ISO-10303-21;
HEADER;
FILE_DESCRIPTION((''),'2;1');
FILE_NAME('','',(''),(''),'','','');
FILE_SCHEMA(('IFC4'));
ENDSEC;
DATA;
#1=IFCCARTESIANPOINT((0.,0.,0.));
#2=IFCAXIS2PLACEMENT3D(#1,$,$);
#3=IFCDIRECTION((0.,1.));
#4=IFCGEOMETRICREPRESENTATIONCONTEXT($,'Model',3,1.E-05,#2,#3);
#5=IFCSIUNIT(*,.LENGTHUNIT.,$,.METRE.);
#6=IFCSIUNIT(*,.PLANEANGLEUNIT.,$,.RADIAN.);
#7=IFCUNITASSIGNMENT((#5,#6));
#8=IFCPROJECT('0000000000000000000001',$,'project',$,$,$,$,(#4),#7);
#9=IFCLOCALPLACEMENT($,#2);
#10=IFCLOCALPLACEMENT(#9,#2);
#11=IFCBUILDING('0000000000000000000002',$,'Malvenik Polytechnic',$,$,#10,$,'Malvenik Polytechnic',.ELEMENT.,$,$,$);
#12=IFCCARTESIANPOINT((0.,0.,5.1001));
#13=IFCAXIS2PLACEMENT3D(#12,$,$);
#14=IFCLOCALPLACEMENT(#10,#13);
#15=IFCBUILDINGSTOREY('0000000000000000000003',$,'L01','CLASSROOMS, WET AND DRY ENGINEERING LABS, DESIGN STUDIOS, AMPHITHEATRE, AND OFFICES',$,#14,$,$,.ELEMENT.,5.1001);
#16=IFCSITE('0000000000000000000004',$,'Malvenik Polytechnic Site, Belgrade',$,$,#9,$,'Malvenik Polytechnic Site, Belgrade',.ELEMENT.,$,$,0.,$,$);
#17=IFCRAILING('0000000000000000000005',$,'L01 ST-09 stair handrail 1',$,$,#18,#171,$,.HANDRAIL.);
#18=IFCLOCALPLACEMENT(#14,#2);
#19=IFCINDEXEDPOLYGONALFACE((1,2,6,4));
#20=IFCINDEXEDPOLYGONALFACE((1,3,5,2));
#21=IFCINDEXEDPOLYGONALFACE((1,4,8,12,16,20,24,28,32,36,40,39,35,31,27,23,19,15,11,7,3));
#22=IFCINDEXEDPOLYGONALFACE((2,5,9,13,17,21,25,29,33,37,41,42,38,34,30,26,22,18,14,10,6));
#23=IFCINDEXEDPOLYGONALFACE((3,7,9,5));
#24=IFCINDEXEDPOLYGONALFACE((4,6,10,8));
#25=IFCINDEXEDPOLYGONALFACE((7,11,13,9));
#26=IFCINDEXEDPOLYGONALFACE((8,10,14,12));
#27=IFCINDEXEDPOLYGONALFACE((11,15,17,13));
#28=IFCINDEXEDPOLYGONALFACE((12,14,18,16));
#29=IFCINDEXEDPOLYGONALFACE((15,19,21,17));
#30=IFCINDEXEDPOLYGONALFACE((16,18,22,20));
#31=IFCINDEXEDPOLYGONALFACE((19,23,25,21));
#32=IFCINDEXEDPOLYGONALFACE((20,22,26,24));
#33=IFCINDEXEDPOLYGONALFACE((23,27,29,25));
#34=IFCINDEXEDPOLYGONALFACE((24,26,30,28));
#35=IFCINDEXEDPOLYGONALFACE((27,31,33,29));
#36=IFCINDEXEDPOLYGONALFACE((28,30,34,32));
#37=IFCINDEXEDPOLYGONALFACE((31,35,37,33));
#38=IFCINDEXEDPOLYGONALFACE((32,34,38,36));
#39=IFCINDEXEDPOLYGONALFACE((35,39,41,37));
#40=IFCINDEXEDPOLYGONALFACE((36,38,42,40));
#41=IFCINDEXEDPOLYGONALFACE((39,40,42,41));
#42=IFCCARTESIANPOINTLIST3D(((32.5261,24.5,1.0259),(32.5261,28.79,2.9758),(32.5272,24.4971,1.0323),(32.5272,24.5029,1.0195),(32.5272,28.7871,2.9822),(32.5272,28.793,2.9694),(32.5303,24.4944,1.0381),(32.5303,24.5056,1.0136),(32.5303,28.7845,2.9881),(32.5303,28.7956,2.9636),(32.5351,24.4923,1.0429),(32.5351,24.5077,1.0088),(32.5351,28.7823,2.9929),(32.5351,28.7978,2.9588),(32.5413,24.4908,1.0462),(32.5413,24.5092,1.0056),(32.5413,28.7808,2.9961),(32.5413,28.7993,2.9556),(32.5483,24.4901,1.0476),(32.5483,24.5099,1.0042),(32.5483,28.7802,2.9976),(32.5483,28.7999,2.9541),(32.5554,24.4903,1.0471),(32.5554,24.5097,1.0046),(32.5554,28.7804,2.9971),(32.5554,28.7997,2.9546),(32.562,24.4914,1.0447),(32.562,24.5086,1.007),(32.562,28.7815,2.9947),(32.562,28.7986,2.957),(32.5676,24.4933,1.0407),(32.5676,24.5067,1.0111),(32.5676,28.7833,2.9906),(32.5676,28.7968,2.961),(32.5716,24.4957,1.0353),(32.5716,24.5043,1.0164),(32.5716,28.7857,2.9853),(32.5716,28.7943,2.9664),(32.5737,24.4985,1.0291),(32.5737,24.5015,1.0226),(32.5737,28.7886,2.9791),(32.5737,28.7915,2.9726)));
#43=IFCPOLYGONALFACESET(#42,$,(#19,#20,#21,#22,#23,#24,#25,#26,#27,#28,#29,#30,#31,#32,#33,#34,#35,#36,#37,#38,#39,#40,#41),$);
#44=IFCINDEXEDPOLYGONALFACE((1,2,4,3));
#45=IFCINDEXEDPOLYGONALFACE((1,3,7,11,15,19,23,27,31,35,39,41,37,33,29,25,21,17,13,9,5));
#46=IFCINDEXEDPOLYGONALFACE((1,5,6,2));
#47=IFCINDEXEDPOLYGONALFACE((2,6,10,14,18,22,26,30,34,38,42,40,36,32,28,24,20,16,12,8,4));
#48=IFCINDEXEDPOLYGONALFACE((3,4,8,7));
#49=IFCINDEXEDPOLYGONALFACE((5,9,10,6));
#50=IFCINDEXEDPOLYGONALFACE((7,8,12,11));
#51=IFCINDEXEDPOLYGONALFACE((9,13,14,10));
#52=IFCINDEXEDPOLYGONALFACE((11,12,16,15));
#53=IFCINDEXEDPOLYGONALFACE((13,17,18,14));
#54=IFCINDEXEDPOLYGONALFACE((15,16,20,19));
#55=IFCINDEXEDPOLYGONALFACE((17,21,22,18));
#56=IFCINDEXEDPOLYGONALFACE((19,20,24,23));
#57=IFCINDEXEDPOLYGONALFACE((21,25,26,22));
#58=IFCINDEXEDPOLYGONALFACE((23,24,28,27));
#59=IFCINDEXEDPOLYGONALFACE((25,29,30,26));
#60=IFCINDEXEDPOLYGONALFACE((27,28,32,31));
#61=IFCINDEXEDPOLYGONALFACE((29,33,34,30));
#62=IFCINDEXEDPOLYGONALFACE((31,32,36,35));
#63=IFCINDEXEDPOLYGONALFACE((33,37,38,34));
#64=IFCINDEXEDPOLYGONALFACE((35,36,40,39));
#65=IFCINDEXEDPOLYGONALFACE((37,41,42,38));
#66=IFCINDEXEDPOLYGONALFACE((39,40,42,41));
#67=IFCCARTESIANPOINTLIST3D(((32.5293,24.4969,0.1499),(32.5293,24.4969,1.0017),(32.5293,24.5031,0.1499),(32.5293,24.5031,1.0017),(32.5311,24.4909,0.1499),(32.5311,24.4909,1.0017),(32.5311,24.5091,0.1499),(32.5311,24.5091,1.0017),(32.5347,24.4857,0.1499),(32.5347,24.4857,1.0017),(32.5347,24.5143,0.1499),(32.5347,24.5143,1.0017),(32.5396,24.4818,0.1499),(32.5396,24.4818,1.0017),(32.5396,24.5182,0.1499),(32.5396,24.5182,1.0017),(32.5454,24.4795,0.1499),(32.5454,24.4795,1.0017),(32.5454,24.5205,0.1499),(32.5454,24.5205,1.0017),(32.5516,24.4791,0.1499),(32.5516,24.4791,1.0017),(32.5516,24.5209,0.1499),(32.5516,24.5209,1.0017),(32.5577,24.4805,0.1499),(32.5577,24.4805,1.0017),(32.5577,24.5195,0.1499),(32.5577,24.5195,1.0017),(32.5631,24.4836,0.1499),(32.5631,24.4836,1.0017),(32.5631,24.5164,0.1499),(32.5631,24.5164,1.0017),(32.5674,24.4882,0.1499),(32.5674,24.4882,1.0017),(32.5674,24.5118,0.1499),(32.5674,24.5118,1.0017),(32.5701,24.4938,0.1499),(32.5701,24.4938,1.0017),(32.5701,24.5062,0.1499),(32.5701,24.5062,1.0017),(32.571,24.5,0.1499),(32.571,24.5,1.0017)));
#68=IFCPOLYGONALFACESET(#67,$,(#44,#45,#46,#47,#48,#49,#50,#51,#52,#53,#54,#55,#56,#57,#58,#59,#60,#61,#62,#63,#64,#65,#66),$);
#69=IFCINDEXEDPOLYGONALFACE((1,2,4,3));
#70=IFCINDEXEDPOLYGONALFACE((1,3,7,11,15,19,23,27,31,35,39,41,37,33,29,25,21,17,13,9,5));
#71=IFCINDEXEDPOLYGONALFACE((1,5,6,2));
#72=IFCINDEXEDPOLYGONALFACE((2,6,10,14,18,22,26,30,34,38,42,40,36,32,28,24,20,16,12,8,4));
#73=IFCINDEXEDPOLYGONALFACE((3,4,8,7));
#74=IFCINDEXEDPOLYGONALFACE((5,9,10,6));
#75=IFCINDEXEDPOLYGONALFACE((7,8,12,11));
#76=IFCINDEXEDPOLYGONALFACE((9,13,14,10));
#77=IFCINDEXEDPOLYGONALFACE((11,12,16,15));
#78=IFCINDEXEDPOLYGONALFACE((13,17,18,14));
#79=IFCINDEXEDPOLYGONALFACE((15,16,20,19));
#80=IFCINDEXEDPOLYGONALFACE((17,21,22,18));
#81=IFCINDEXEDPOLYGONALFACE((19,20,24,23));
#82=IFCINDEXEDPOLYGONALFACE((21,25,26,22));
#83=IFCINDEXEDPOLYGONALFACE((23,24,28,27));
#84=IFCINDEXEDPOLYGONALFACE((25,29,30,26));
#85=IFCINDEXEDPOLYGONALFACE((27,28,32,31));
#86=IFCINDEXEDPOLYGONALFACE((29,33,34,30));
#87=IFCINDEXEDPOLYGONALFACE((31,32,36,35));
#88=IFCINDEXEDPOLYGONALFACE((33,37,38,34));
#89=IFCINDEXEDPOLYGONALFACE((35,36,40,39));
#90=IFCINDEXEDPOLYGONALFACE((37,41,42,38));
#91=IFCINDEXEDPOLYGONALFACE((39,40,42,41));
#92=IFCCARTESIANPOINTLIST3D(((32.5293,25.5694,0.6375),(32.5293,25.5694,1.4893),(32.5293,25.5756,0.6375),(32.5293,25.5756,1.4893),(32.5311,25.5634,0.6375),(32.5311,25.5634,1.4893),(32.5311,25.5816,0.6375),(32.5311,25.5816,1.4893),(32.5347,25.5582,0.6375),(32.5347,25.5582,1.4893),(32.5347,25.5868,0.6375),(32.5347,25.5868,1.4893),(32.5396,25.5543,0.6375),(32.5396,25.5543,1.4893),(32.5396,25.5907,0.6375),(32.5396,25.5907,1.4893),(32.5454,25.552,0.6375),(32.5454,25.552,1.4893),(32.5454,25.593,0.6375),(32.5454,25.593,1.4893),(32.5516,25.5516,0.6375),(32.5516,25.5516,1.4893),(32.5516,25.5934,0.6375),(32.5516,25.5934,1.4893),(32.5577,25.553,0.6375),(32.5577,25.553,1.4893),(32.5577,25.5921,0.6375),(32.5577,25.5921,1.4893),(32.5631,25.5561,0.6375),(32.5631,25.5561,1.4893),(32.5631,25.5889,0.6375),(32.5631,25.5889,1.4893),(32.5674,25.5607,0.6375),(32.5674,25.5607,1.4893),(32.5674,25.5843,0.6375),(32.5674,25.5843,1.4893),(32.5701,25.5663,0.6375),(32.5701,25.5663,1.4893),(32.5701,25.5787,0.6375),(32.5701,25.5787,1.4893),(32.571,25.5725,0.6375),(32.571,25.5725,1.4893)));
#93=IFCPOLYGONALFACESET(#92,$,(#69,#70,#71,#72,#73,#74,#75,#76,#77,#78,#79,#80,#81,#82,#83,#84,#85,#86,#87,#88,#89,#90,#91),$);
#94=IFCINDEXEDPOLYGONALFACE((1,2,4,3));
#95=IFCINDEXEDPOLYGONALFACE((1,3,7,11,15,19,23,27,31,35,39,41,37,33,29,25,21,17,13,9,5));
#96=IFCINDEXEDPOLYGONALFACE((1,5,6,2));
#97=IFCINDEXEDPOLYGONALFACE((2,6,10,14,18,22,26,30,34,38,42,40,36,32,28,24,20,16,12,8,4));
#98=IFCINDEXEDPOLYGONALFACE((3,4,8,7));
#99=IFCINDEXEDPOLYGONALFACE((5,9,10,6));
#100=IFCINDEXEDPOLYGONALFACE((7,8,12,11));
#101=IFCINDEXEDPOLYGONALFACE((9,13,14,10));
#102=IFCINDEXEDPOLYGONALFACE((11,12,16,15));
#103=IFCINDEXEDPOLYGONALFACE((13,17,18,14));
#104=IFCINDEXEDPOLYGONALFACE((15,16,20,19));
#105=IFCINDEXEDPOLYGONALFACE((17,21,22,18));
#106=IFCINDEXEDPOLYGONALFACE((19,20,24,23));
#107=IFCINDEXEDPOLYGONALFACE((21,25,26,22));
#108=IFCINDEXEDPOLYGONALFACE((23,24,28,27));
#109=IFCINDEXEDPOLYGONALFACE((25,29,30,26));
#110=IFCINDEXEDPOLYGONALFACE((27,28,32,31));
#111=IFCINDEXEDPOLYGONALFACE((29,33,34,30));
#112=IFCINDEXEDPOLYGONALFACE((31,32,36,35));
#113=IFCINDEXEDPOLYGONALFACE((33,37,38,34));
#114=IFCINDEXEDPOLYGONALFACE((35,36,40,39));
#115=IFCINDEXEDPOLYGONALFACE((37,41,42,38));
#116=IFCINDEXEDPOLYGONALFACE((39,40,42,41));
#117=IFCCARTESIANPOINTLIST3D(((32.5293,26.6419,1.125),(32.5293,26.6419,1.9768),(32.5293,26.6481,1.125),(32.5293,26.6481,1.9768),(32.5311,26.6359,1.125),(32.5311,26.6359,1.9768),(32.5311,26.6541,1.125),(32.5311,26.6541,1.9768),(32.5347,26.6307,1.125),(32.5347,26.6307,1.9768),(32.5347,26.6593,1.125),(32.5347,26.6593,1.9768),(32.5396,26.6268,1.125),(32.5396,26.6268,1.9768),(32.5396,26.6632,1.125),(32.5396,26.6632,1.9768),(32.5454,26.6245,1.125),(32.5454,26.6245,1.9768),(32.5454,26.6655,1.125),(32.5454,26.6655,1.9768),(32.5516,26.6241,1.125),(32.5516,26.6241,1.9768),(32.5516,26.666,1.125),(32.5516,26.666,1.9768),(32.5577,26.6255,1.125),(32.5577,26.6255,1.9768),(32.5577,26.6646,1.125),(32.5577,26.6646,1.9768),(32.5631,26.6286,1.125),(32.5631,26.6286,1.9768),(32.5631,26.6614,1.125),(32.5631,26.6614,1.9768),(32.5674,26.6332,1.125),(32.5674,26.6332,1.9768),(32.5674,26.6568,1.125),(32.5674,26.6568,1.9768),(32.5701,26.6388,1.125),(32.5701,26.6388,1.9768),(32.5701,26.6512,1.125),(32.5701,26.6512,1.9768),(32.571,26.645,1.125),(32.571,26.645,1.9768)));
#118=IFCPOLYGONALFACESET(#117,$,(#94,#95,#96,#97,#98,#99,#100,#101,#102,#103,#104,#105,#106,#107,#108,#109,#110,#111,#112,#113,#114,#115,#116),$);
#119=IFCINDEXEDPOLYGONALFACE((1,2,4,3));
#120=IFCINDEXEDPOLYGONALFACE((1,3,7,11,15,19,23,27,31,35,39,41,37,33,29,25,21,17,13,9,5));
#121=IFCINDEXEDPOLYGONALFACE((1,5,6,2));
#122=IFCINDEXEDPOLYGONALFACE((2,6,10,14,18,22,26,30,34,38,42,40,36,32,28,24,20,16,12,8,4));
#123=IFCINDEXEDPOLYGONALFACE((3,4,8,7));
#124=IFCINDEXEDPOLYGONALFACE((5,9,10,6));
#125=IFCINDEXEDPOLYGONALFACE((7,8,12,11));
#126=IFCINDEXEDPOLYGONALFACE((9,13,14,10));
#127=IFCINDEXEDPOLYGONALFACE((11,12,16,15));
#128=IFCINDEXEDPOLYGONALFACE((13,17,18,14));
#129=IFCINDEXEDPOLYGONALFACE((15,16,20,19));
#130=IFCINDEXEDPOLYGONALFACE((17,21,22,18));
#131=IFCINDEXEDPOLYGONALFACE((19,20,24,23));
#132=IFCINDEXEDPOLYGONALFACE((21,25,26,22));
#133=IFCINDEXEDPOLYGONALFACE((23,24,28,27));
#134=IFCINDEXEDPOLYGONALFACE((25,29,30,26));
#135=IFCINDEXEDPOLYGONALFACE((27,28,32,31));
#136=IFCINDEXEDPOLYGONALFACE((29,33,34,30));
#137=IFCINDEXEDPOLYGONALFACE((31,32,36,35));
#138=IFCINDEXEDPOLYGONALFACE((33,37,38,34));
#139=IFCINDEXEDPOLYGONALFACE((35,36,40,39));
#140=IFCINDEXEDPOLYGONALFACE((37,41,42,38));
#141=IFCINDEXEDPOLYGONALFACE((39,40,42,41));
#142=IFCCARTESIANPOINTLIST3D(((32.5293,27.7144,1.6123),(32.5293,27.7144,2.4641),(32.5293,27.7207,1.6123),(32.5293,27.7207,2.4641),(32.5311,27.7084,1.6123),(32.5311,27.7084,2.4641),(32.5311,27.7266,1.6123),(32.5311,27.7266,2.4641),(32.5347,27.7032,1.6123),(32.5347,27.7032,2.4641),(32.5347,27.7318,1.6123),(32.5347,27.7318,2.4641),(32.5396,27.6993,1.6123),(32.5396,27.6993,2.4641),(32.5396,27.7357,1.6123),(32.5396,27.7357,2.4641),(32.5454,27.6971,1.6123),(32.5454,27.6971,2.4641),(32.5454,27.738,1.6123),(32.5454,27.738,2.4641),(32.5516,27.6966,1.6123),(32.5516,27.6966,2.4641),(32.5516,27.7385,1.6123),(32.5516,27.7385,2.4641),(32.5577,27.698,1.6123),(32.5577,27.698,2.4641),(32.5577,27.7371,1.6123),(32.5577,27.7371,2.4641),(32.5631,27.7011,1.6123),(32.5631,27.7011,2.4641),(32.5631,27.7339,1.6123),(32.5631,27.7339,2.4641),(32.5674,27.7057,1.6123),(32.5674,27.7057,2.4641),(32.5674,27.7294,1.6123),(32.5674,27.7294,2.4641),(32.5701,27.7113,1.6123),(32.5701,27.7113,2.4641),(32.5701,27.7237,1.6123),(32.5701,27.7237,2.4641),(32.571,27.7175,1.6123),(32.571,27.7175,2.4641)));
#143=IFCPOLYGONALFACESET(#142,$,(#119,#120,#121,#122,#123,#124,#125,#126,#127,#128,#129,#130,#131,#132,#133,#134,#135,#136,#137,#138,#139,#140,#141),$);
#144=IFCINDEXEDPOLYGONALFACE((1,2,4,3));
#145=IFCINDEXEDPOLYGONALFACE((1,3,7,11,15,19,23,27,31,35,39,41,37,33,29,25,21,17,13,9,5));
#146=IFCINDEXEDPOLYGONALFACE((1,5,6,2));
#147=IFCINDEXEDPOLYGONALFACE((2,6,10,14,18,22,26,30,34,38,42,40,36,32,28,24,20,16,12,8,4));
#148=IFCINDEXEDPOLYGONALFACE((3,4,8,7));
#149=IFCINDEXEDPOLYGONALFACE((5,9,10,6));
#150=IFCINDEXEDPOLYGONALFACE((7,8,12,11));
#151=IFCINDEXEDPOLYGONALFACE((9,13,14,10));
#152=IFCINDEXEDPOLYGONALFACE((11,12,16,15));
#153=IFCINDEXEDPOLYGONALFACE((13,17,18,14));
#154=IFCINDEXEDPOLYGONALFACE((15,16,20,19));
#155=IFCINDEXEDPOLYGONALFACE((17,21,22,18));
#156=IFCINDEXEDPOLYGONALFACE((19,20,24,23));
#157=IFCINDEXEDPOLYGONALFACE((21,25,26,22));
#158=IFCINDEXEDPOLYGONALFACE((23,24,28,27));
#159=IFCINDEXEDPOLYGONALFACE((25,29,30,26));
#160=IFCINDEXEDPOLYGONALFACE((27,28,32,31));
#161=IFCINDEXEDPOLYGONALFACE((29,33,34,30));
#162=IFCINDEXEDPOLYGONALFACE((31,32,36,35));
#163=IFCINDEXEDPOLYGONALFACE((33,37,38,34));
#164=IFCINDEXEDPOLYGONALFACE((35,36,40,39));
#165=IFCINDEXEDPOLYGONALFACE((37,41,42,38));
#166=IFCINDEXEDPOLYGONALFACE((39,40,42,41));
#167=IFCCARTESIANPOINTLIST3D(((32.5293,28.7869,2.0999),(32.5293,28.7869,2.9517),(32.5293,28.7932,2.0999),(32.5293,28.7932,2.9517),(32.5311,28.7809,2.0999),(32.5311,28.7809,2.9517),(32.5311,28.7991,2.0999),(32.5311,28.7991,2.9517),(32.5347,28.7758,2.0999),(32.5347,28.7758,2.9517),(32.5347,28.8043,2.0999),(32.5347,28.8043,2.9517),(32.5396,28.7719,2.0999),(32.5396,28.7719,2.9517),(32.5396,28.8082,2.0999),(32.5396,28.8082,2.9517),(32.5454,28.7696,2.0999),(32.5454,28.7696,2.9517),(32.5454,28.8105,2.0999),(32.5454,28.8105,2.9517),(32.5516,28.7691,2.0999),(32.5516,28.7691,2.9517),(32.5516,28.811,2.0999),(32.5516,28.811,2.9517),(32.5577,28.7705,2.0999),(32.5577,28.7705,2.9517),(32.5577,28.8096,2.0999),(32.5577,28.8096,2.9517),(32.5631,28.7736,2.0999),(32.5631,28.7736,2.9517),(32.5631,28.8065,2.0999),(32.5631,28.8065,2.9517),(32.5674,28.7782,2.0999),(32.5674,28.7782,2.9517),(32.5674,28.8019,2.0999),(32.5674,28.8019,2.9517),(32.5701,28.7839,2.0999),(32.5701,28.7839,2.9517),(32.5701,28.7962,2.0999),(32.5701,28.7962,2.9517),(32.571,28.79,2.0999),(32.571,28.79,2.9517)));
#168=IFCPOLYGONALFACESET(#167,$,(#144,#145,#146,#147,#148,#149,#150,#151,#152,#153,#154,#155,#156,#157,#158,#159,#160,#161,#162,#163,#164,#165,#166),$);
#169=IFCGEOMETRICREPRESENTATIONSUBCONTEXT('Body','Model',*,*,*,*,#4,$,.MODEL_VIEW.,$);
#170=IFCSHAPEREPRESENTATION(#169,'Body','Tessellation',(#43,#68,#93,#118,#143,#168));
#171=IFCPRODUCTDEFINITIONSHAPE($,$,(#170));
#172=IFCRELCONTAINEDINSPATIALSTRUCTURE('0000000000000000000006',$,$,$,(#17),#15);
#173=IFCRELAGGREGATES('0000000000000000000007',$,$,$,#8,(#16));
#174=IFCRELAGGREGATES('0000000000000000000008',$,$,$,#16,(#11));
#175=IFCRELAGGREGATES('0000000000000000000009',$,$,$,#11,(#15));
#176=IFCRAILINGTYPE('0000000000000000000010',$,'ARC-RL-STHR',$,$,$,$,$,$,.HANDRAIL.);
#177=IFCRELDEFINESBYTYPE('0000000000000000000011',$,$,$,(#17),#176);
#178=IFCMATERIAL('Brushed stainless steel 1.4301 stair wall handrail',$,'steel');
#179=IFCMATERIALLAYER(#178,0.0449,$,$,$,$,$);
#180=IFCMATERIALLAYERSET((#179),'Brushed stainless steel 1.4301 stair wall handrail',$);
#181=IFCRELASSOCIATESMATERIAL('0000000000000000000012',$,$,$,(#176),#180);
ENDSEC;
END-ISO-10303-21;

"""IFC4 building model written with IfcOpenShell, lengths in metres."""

from ifc_helpers import new_model, si_unit, direction, frame, origin, origin_2d, place, context, subcontext, project, spatial, circle, extrude, material, layer, layer_set, type_object, element, save


model = new_model("IFC4")

# Units and contexts
model_context = context("Model", 3, precision=1e-05, world=origin(), true_north=direction((0.0, 1.0)))
body_context = subcontext(model_context, "Body", "Model", "MODEL_VIEW")
ifc_project = project(units=[si_unit("LENGTHUNIT", "METRE"), si_unit("PLANEANGLEUNIT", "RADIAN")], contexts=[model_context])

# Site, building, storey
site_placement = place(None, origin())
site = spatial("IfcSite", under=ifc_project, at=site_placement, Name="Malvenik Polytechnic Site, Belgrade", LongName="Malvenik Polytechnic Site, Belgrade", CompositionType="ELEMENT", RefElevation=0.0)
building_placement = place(site_placement, origin())
building = spatial("IfcBuilding", under=site, at=building_placement, Name="Malvenik Polytechnic", LongName="Malvenik Polytechnic", CompositionType="ELEMENT")
storey_placement = place(building_placement, frame((0.0, 0.0, 5.1001)))
storey = spatial("IfcBuildingStorey", under=building, at=storey_placement, Name="L01", Description="CLASSROOMS, WET AND DRY ENGINEERING LABS, DESIGN STUDIOS, AMPHITHEATRE, AND OFFICES", CompositionType="ELEMENT", Elevation=5.1001)

# Railing
ifc_material_1 = material(Name="Brushed stainless steel 1.4301 stair wall handrail", Category="steel")
ifc_layer_1 = layer(ifc_material_1, 0.0449)
ifc_layer_set_1 = layer_set([ifc_layer_1], Name="Brushed stainless steel 1.4301 stair wall handrail")
railing_type_1 = type_object("IfcRailingType", Name="ARC-RL-STHR", PredefinedType="HANDRAIL", material=ifc_layer_set_1)
railing_1_placement = place(storey_placement, frame((32.55, 24.5, 0.1499)))
element("IfcRailing", 1, at=railing_1_placement, inside=storey, type_object=railing_type_1, Name="L01 ST-09 stair handrail 1", PredefinedType="HANDRAIL", context=body_context, shape_type="SweptSolid", body=[
    extrude(circle(Radius=0.0239, at=origin_2d()), frame((0.0, 0.0, 0.876), z_axis=(0.0, 0.910372, 0.413791), x_axis=(-1.0, 0.0, 0.0)), (0.0, 0.0, 1.0), 4.7124),
    extrude(circle(Radius=0.021, at=origin_2d()), origin(), (0.0, 0.0, 1.0), 0.8518),
    extrude(circle(Radius=0.021, at=origin_2d()), frame((0.0, 1.0725, 0.4875)), (0.0, 0.0, 1.0), 0.8518),
    extrude(circle(Radius=0.021, at=origin_2d()), frame((0.0, 2.145, 0.9751)), (0.0, 0.0, 1.0), 0.8518),
    extrude(circle(Radius=0.021, at=origin_2d()), frame((0.0, 3.2175, 1.4624)), (0.0, 0.0, 1.0), 0.8518),
    extrude(circle(Radius=0.021, at=origin_2d()), frame((0.0, 4.29, 1.95)), (0.0, 0.0, 1.0), 0.8518),
])

save(model, "model.ifc")
